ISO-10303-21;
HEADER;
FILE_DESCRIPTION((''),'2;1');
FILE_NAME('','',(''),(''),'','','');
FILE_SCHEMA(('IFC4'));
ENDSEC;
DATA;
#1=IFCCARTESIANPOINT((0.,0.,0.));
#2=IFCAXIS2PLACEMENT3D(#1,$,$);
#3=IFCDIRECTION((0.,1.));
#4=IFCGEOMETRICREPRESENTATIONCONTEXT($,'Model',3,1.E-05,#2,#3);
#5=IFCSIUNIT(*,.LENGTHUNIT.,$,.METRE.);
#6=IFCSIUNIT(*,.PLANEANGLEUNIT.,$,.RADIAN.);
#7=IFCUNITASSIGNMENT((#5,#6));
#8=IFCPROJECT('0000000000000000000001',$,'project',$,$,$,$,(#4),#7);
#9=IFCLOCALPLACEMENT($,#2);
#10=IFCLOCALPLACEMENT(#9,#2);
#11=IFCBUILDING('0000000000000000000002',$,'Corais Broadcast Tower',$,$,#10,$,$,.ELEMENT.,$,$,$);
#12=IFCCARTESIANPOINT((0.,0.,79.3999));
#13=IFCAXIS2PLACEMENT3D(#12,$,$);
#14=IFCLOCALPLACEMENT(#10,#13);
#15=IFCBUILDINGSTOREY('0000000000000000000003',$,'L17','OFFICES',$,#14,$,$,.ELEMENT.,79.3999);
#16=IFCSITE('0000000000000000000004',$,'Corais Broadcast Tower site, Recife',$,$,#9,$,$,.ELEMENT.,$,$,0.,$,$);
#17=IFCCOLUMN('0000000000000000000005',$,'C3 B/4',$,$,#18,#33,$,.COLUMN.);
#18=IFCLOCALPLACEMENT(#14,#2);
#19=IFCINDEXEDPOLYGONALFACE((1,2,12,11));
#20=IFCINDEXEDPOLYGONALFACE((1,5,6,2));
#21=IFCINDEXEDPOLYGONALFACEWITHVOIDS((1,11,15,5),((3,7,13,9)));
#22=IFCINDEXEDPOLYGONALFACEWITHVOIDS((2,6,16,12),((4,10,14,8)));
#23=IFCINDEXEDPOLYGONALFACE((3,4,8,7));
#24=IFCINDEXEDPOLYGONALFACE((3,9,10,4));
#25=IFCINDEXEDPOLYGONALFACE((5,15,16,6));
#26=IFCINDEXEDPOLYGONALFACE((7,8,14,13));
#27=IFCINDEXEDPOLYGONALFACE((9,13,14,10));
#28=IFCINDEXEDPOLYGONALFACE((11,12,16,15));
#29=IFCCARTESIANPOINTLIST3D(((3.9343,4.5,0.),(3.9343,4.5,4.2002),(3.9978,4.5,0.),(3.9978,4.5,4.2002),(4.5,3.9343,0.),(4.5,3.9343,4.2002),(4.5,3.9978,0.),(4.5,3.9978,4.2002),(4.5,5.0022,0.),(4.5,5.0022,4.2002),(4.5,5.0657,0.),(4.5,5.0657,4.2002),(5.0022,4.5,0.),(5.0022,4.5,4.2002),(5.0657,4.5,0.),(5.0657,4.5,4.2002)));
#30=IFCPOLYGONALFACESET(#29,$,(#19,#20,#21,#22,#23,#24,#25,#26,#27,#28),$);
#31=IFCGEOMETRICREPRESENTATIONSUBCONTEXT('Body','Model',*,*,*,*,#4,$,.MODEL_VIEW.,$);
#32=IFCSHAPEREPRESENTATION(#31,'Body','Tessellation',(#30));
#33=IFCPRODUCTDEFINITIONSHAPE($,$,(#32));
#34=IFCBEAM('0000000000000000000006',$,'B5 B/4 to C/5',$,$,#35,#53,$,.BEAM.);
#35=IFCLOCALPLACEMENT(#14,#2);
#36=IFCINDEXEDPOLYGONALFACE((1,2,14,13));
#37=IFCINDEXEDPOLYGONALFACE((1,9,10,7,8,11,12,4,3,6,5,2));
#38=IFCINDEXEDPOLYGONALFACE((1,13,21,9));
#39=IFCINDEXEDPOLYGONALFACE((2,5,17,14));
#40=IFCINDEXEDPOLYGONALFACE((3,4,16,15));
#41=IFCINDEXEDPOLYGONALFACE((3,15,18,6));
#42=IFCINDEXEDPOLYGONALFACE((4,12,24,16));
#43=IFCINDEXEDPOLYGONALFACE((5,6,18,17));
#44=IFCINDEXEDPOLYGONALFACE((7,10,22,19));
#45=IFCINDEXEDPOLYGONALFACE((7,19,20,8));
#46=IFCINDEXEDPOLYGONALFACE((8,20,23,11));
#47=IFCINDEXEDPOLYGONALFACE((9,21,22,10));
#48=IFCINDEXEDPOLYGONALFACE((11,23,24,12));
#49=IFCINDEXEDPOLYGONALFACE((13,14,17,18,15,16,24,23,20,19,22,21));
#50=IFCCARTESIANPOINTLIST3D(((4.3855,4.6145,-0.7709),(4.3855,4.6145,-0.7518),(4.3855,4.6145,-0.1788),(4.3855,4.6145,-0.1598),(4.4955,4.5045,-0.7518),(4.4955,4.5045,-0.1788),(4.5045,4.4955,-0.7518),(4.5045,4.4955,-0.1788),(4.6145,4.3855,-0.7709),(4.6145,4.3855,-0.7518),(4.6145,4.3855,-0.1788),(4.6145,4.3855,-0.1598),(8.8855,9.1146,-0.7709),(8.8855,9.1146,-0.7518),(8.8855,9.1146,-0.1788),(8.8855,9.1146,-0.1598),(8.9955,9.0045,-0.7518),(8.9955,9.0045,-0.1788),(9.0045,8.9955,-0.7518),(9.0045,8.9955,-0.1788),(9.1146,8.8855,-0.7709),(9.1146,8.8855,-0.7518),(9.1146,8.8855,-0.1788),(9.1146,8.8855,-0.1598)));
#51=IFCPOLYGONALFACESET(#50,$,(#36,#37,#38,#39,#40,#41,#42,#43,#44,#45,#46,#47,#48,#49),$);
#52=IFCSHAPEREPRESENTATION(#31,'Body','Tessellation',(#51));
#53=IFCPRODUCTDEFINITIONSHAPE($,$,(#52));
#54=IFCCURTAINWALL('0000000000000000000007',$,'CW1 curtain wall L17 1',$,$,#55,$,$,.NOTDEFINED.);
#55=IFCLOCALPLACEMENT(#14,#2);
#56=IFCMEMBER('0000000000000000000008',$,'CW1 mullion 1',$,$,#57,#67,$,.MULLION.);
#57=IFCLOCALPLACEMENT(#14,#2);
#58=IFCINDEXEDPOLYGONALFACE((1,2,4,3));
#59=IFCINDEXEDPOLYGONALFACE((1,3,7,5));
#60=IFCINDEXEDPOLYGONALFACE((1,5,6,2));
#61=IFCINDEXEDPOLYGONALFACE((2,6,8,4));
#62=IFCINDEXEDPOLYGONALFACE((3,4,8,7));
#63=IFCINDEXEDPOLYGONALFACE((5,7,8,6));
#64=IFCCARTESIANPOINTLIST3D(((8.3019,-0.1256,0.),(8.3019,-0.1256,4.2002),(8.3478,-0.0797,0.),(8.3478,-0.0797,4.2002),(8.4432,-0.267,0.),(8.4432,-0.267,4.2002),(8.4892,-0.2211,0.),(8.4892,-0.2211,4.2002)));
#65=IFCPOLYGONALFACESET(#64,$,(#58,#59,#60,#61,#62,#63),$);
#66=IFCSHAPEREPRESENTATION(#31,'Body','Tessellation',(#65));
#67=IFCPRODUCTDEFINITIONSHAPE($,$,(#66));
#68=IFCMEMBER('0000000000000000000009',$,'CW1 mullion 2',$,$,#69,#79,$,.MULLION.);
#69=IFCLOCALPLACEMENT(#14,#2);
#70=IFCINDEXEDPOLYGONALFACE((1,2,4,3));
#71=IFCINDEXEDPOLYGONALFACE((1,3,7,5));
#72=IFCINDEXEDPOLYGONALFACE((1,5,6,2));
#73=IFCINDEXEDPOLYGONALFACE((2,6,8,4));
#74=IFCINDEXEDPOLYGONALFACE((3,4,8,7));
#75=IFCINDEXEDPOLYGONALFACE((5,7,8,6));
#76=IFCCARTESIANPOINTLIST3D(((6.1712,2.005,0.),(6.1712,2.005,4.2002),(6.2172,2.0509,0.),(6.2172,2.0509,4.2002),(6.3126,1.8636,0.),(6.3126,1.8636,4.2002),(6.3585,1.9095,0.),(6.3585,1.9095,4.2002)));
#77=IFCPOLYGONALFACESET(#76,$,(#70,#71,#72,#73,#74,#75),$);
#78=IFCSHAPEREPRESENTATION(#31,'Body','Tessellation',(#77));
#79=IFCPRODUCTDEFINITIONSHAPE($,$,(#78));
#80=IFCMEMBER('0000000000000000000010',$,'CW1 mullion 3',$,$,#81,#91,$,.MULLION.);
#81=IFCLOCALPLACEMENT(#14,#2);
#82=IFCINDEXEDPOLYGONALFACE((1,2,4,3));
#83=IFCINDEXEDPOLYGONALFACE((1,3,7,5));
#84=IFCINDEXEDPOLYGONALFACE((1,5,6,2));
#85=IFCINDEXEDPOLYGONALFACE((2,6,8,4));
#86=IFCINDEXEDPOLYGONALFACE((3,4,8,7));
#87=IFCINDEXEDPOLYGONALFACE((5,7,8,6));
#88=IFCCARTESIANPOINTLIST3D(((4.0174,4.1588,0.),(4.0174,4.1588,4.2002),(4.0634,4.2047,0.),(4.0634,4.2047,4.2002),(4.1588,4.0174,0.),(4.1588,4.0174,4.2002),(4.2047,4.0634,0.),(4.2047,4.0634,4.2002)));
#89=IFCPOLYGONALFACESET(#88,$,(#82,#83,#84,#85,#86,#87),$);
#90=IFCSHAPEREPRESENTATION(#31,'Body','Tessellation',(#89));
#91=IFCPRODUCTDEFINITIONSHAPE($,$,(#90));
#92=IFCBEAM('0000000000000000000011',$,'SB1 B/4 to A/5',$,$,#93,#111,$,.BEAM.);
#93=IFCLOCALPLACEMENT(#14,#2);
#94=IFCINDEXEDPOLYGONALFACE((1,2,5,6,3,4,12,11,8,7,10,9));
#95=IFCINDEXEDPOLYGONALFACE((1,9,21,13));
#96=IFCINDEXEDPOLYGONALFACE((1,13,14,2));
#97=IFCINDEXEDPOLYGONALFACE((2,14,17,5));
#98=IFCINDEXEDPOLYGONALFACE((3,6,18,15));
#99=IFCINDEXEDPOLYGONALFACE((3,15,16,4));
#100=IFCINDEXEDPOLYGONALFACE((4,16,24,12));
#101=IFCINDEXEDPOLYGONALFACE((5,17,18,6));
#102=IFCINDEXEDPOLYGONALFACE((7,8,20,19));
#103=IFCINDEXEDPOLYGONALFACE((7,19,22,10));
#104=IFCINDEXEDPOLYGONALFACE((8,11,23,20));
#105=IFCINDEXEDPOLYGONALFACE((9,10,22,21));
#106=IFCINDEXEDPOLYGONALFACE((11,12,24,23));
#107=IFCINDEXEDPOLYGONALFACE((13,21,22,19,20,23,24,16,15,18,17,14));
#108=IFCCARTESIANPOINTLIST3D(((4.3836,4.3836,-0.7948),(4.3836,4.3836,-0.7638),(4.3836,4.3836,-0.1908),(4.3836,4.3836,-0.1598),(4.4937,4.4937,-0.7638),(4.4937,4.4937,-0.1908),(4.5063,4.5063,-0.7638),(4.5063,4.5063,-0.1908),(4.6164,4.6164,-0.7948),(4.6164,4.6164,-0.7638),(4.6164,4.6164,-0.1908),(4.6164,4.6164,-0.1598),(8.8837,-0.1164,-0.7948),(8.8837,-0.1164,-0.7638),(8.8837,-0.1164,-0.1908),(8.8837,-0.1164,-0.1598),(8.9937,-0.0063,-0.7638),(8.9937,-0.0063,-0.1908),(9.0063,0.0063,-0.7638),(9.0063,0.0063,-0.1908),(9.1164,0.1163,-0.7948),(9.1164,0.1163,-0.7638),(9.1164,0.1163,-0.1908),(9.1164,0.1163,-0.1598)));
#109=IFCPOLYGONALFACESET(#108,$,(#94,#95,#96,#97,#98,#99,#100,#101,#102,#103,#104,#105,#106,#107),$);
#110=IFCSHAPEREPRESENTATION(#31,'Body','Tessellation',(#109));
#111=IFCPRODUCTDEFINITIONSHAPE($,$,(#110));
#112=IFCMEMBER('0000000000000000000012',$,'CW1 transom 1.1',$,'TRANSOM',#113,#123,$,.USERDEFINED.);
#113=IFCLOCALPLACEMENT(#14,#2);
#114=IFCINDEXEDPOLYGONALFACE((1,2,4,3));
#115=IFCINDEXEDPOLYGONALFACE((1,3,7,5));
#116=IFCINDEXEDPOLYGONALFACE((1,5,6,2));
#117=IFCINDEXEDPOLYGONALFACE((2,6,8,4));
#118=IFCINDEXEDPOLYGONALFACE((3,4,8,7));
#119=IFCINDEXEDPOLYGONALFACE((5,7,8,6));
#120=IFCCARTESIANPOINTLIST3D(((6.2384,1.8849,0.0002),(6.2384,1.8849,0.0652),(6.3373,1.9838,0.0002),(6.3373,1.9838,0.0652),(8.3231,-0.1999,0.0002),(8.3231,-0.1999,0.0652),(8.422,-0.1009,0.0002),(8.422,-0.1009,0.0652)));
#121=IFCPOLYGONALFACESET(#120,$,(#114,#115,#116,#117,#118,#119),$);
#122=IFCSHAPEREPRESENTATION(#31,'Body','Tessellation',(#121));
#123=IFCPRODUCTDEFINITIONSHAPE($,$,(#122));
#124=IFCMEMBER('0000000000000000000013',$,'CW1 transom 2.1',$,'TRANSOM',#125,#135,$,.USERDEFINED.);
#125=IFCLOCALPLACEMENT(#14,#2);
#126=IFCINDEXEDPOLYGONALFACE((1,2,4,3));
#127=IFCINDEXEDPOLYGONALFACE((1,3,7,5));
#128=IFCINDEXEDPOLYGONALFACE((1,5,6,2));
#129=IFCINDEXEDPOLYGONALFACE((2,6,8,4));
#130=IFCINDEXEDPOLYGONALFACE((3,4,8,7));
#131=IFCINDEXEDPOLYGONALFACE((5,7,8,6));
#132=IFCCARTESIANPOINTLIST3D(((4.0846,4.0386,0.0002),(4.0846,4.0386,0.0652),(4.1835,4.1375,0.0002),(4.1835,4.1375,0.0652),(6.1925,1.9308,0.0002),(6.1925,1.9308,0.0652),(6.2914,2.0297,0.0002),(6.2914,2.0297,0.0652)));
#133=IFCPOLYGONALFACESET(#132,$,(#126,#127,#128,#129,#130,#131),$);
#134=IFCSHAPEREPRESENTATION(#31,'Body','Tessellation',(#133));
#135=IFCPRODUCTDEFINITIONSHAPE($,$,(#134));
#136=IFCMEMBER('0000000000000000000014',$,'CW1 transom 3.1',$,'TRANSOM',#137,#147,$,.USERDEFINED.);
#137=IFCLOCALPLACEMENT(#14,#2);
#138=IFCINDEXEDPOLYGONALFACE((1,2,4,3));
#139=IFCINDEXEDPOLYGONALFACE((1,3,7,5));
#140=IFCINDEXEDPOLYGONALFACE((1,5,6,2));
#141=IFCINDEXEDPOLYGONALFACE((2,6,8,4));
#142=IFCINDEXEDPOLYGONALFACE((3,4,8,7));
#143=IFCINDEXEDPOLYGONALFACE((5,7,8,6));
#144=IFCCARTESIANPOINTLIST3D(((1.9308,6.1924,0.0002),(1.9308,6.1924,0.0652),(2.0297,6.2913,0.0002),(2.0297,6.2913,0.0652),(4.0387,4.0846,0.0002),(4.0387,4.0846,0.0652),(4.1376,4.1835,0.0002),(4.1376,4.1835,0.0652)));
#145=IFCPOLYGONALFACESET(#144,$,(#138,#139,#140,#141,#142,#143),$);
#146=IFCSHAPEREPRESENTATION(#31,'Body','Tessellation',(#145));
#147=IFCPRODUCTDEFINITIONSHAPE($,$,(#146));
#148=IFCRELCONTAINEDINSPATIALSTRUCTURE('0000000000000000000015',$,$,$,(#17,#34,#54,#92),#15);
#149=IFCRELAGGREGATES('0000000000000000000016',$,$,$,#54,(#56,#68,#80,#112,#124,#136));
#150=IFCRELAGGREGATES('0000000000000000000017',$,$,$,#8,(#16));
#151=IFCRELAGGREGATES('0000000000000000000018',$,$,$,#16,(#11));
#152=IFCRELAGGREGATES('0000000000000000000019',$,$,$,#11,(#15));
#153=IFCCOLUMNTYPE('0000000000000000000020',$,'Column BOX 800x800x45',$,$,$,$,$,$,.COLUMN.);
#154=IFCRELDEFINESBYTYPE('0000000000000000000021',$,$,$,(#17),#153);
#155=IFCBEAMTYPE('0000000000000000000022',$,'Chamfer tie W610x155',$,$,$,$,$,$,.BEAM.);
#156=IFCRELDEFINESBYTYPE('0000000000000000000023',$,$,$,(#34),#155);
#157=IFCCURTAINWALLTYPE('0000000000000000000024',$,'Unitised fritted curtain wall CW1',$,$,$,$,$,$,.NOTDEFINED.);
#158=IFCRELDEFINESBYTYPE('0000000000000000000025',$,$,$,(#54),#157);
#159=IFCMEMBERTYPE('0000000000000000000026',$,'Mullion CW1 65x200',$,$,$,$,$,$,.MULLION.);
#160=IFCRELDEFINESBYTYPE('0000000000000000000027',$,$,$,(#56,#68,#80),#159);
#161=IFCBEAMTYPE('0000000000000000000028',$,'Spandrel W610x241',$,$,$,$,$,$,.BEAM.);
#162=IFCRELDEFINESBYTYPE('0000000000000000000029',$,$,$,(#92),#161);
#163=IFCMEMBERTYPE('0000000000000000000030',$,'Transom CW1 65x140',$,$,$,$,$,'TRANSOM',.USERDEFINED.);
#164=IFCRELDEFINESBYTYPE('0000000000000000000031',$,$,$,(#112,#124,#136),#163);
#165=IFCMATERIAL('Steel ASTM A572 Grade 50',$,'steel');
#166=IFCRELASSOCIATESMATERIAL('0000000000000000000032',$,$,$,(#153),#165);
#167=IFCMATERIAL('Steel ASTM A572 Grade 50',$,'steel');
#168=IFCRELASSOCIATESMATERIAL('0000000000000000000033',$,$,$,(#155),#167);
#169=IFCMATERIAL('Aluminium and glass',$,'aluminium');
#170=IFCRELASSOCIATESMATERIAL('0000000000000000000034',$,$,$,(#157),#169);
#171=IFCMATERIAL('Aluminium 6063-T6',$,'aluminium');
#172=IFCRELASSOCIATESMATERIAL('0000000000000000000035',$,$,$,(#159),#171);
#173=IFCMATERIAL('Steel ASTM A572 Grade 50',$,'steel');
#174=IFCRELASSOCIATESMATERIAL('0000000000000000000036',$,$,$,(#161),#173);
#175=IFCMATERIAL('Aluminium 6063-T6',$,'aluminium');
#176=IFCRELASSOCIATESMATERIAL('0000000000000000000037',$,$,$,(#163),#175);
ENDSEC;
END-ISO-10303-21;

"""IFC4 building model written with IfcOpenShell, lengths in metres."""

from ifc_helpers import new_model, si_unit, direction, frame, origin, origin_2d, place, context, subcontext, project, spatial, rectangle, hollow_rectangle, i_section, extrude, material, material_profile, profile_set, type_object, element, aggregate, save


model = new_model("IFC4")

# Units and contexts
model_context = context("Model", 3, precision=1e-05, world=origin(), true_north=direction((0.0, 1.0)))
body_context = subcontext(model_context, "Body", "Model", "MODEL_VIEW")
ifc_project = project(units=[si_unit("LENGTHUNIT", "METRE"), si_unit("PLANEANGLEUNIT", "RADIAN")], contexts=[model_context])

# Site, building, storey
site_placement = place(None, origin())
site = spatial("IfcSite", under=ifc_project, at=site_placement, Name="Corais Broadcast Tower site, Recife", CompositionType="ELEMENT", RefElevation=0.0)
building_placement = place(site_placement, origin())
building = spatial("IfcBuilding", under=site, at=building_placement, Name="Corais Broadcast Tower", CompositionType="ELEMENT")
storey_placement = place(building_placement, frame((0.0, 0.0, 79.3999)))
storey = spatial("IfcBuildingStorey", under=building, at=storey_placement, Name="L17", Description="OFFICES", CompositionType="ELEMENT", Elevation=79.3999)

# Column
ifc_material_1 = material(Name="Steel ASTM A572 Grade 50", Category="steel")
ifc_material_profile_1 = material_profile(ifc_material_1, hollow_rectangle(XDim=0.8, YDim=0.8, WallThickness=0.0449, at=origin_2d()), Name="BOX 800x800x45")
ifc_profile_set_1 = profile_set([ifc_material_profile_1], Name="Steel ASTM A572 Grade 50")
column_type = type_object("IfcColumnType", Name="Column BOX 800x800x45", PredefinedType="COLUMN", material=ifc_profile_set_1)
column_placement = place(storey_placement, frame((4.5, 4.5, 0.0), z_axis=(0.0, 0.0, 1.0), x_axis=(0.707107, 0.707107, 0.0)))
element("IfcColumn", 1, at=column_placement, inside=storey, type_object=column_type, Name="C3 B/4", PredefinedType="COLUMN", context=body_context, shape_type="SweptSolid", body=[
    extrude(hollow_rectangle(XDim=0.8, YDim=0.8, WallThickness=0.0449, at=origin_2d()), origin(), (0.0, 0.0, 1.0), 4.2002),
])

# Beam
ifc_material_2 = material(Name="Steel ASTM A572 Grade 50", Category="steel")
ifc_material_profile_2 = material_profile(ifc_material_2, i_section(OverallWidth=0.324, OverallDepth=0.6111, WebThickness=0.0127, FlangeThickness=0.019, at=origin_2d()), Name="W610x155")
ifc_profile_set_2 = profile_set([ifc_material_profile_2], Name="Steel ASTM A572 Grade 50")
beam_type_1 = type_object("IfcBeamType", Name="Chamfer tie W610x155", PredefinedType="BEAM", material=ifc_profile_set_2)
beam_1_placement = place(storey_placement, frame((4.5, 4.5, -0.4653), z_axis=(0.707107, 0.707107, 0.0), x_axis=(-0.707107, 0.707107, 0.0)))
element("IfcBeam", 2, at=beam_1_placement, inside=storey, type_object=beam_type_1, Name="B5 B/4 to C/5", PredefinedType="BEAM", context=body_context, shape_type="SweptSolid", body=[
    extrude(i_section(OverallWidth=0.324, OverallDepth=0.6111, WebThickness=0.0127, FlangeThickness=0.019, at=origin_2d()), origin(), (0.0, 0.0, 1.0), 6.364),
])

# Curtain wall, members
ifc_material_3 = material(Name="Aluminium and glass", Category="aluminium")
curtain_wall_type = type_object("IfcCurtainWallType", Name="Unitised fritted curtain wall CW1", PredefinedType="NOTDEFINED", material=ifc_material_3)
curtain_wall_placement = place(storey_placement, origin())
curtain_wall = element("IfcCurtainWall", 3, at=curtain_wall_placement, inside=storey, type_object=curtain_wall_type, Name="CW1 curtain wall L17 1", PredefinedType="NOTDEFINED")
ifc_material_4 = material(Name="Aluminium 6063-T6", Category="aluminium")
ifc_material_profile_3 = material_profile(ifc_material_4, rectangle(XDim=0.0649, YDim=0.2, at=origin_2d()), Name="Mullion CW1 65x200")
ifc_profile_set_3 = profile_set([ifc_material_profile_3], Name="Aluminium 6063-T6")
member_type_1 = type_object("IfcMemberType", Name="Mullion CW1 65x200", PredefinedType="MULLION", material=ifc_profile_set_3)
member_1_placement = place(storey_placement, frame((8.3955, -0.1733, 0.0), z_axis=(0.0, 0.0, 1.0), x_axis=(-0.707107, -0.707107, 0.0)))
member_1 = element("IfcMember", 4, at=member_1_placement, type_object=member_type_1, Name="CW1 mullion 1", PredefinedType="MULLION", context=body_context, shape_type="SweptSolid", body=[
    extrude(rectangle(XDim=0.0649, YDim=0.2, at=origin_2d()), origin(), (0.0, 0.0, 1.0), 4.2002),
])
member_2_placement = place(storey_placement, frame((6.2649, 1.9573, 0.0), z_axis=(0.0, 0.0, 1.0), x_axis=(-0.707107, -0.707107, 0.0)))
member_2 = element("IfcMember", 5, at=member_2_placement, type_object=member_type_1, Name="CW1 mullion 2", PredefinedType="MULLION", context=body_context, shape_type="SweptSolid", body=[
    extrude(rectangle(XDim=0.0649, YDim=0.2, at=origin_2d()), origin(), (0.0, 0.0, 1.0), 4.2002),
])
member_3_placement = place(storey_placement, frame((4.1111, 4.1111, 0.0), z_axis=(0.0, 0.0, 1.0), x_axis=(-0.707107, -0.707107, 0.0)))
member_3 = element("IfcMember", 6, at=member_3_placement, type_object=member_type_1, Name="CW1 mullion 3", PredefinedType="MULLION", context=body_context, shape_type="SweptSolid", body=[
    extrude(rectangle(XDim=0.0649, YDim=0.2, at=origin_2d()), origin(), (0.0, 0.0, 1.0), 4.2002),
])

# Beam
ifc_material_5 = material(Name="Steel ASTM A572 Grade 50", Category="steel")
ifc_material_profile_4 = material_profile(ifc_material_5, i_section(OverallWidth=0.3291, OverallDepth=0.635, WebThickness=0.0178, FlangeThickness=0.031, at=origin_2d()), Name="W610x241")
ifc_profile_set_4 = profile_set([ifc_material_profile_4], Name="Steel ASTM A572 Grade 50")
beam_type_2 = type_object("IfcBeamType", Name="Spandrel W610x241", PredefinedType="BEAM", material=ifc_profile_set_4)
beam_2_placement = place(storey_placement, frame((4.5, 4.5, -0.4773), z_axis=(0.707107, -0.707107, 0.0), x_axis=(0.707107, 0.707107, 0.0)))
element("IfcBeam", 7, at=beam_2_placement, inside=storey, type_object=beam_type_2, Name="SB1 B/4 to A/5", PredefinedType="BEAM", context=body_context, shape_type="SweptSolid", body=[
    extrude(i_section(OverallWidth=0.3291, OverallDepth=0.635, WebThickness=0.0178, FlangeThickness=0.031, at=origin_2d()), origin(), (0.0, 0.0, 1.0), 6.364),
])

# Members
ifc_material_6 = material(Name="Aluminium 6063-T6", Category="aluminium")
ifc_material_profile_5 = material_profile(ifc_material_6, rectangle(XDim=0.1399, YDim=0.0649, at=origin_2d()), Name="Transom CW1 65x140")
ifc_profile_set_5 = profile_set([ifc_material_profile_5], Name="Aluminium 6063-T6")
member_type_2 = type_object("IfcMemberType", Name="Transom CW1 65x140", ElementType="TRANSOM", PredefinedType="USERDEFINED", material=ifc_profile_set_5)
member_4_placement = place(storey_placement, frame((8.3726, -0.1504, 0.0327), z_axis=(-0.707107, 0.707107, 0.0), x_axis=(-0.707107, -0.707107, 0.0)))
member_4 = element("IfcMember", 8, at=member_4_placement, type_object=member_type_2, Name="CW1 transom 1.1", ObjectType="TRANSOM", PredefinedType="USERDEFINED", context=body_context, shape_type="SweptSolid", body=[
    extrude(rectangle(XDim=0.1399, YDim=0.0649, at=origin_2d()), origin(), (0.0, 0.0, 1.0), 2.9482),
])
member_5_placement = place(storey_placement, frame((6.2419, 1.9802, 0.0327), z_axis=(-0.707107, 0.707107, 0.0), x_axis=(-0.707107, -0.707107, 0.0)))
member_5 = element("IfcMember", 9, at=member_5_placement, type_object=member_type_2, Name="CW1 transom 2.1", ObjectType="TRANSOM", PredefinedType="USERDEFINED", context=body_context, shape_type="SweptSolid", body=[
    extrude(rectangle(XDim=0.1399, YDim=0.0649, at=origin_2d()), origin(), (0.0, 0.0, 1.0), 2.981),
])
member_6_placement = place(storey_placement, frame((4.0881, 4.134, 0.0327), z_axis=(-0.707107, 0.707107, 0.0), x_axis=(-0.707107, -0.707107, 0.0)))
member_6 = element("IfcMember", 10, at=member_6_placement, type_object=member_type_2, Name="CW1 transom 3.1", ObjectType="TRANSOM", PredefinedType="USERDEFINED", context=body_context, shape_type="SweptSolid", body=[
    extrude(rectangle(XDim=0.1399, YDim=0.0649, at=origin_2d()), origin(), (0.0, 0.0, 1.0), 2.981),
])

aggregate(curtain_wall, [member_1, member_2, member_3, member_4, member_5, member_6])

save(model, "model.ifc")
